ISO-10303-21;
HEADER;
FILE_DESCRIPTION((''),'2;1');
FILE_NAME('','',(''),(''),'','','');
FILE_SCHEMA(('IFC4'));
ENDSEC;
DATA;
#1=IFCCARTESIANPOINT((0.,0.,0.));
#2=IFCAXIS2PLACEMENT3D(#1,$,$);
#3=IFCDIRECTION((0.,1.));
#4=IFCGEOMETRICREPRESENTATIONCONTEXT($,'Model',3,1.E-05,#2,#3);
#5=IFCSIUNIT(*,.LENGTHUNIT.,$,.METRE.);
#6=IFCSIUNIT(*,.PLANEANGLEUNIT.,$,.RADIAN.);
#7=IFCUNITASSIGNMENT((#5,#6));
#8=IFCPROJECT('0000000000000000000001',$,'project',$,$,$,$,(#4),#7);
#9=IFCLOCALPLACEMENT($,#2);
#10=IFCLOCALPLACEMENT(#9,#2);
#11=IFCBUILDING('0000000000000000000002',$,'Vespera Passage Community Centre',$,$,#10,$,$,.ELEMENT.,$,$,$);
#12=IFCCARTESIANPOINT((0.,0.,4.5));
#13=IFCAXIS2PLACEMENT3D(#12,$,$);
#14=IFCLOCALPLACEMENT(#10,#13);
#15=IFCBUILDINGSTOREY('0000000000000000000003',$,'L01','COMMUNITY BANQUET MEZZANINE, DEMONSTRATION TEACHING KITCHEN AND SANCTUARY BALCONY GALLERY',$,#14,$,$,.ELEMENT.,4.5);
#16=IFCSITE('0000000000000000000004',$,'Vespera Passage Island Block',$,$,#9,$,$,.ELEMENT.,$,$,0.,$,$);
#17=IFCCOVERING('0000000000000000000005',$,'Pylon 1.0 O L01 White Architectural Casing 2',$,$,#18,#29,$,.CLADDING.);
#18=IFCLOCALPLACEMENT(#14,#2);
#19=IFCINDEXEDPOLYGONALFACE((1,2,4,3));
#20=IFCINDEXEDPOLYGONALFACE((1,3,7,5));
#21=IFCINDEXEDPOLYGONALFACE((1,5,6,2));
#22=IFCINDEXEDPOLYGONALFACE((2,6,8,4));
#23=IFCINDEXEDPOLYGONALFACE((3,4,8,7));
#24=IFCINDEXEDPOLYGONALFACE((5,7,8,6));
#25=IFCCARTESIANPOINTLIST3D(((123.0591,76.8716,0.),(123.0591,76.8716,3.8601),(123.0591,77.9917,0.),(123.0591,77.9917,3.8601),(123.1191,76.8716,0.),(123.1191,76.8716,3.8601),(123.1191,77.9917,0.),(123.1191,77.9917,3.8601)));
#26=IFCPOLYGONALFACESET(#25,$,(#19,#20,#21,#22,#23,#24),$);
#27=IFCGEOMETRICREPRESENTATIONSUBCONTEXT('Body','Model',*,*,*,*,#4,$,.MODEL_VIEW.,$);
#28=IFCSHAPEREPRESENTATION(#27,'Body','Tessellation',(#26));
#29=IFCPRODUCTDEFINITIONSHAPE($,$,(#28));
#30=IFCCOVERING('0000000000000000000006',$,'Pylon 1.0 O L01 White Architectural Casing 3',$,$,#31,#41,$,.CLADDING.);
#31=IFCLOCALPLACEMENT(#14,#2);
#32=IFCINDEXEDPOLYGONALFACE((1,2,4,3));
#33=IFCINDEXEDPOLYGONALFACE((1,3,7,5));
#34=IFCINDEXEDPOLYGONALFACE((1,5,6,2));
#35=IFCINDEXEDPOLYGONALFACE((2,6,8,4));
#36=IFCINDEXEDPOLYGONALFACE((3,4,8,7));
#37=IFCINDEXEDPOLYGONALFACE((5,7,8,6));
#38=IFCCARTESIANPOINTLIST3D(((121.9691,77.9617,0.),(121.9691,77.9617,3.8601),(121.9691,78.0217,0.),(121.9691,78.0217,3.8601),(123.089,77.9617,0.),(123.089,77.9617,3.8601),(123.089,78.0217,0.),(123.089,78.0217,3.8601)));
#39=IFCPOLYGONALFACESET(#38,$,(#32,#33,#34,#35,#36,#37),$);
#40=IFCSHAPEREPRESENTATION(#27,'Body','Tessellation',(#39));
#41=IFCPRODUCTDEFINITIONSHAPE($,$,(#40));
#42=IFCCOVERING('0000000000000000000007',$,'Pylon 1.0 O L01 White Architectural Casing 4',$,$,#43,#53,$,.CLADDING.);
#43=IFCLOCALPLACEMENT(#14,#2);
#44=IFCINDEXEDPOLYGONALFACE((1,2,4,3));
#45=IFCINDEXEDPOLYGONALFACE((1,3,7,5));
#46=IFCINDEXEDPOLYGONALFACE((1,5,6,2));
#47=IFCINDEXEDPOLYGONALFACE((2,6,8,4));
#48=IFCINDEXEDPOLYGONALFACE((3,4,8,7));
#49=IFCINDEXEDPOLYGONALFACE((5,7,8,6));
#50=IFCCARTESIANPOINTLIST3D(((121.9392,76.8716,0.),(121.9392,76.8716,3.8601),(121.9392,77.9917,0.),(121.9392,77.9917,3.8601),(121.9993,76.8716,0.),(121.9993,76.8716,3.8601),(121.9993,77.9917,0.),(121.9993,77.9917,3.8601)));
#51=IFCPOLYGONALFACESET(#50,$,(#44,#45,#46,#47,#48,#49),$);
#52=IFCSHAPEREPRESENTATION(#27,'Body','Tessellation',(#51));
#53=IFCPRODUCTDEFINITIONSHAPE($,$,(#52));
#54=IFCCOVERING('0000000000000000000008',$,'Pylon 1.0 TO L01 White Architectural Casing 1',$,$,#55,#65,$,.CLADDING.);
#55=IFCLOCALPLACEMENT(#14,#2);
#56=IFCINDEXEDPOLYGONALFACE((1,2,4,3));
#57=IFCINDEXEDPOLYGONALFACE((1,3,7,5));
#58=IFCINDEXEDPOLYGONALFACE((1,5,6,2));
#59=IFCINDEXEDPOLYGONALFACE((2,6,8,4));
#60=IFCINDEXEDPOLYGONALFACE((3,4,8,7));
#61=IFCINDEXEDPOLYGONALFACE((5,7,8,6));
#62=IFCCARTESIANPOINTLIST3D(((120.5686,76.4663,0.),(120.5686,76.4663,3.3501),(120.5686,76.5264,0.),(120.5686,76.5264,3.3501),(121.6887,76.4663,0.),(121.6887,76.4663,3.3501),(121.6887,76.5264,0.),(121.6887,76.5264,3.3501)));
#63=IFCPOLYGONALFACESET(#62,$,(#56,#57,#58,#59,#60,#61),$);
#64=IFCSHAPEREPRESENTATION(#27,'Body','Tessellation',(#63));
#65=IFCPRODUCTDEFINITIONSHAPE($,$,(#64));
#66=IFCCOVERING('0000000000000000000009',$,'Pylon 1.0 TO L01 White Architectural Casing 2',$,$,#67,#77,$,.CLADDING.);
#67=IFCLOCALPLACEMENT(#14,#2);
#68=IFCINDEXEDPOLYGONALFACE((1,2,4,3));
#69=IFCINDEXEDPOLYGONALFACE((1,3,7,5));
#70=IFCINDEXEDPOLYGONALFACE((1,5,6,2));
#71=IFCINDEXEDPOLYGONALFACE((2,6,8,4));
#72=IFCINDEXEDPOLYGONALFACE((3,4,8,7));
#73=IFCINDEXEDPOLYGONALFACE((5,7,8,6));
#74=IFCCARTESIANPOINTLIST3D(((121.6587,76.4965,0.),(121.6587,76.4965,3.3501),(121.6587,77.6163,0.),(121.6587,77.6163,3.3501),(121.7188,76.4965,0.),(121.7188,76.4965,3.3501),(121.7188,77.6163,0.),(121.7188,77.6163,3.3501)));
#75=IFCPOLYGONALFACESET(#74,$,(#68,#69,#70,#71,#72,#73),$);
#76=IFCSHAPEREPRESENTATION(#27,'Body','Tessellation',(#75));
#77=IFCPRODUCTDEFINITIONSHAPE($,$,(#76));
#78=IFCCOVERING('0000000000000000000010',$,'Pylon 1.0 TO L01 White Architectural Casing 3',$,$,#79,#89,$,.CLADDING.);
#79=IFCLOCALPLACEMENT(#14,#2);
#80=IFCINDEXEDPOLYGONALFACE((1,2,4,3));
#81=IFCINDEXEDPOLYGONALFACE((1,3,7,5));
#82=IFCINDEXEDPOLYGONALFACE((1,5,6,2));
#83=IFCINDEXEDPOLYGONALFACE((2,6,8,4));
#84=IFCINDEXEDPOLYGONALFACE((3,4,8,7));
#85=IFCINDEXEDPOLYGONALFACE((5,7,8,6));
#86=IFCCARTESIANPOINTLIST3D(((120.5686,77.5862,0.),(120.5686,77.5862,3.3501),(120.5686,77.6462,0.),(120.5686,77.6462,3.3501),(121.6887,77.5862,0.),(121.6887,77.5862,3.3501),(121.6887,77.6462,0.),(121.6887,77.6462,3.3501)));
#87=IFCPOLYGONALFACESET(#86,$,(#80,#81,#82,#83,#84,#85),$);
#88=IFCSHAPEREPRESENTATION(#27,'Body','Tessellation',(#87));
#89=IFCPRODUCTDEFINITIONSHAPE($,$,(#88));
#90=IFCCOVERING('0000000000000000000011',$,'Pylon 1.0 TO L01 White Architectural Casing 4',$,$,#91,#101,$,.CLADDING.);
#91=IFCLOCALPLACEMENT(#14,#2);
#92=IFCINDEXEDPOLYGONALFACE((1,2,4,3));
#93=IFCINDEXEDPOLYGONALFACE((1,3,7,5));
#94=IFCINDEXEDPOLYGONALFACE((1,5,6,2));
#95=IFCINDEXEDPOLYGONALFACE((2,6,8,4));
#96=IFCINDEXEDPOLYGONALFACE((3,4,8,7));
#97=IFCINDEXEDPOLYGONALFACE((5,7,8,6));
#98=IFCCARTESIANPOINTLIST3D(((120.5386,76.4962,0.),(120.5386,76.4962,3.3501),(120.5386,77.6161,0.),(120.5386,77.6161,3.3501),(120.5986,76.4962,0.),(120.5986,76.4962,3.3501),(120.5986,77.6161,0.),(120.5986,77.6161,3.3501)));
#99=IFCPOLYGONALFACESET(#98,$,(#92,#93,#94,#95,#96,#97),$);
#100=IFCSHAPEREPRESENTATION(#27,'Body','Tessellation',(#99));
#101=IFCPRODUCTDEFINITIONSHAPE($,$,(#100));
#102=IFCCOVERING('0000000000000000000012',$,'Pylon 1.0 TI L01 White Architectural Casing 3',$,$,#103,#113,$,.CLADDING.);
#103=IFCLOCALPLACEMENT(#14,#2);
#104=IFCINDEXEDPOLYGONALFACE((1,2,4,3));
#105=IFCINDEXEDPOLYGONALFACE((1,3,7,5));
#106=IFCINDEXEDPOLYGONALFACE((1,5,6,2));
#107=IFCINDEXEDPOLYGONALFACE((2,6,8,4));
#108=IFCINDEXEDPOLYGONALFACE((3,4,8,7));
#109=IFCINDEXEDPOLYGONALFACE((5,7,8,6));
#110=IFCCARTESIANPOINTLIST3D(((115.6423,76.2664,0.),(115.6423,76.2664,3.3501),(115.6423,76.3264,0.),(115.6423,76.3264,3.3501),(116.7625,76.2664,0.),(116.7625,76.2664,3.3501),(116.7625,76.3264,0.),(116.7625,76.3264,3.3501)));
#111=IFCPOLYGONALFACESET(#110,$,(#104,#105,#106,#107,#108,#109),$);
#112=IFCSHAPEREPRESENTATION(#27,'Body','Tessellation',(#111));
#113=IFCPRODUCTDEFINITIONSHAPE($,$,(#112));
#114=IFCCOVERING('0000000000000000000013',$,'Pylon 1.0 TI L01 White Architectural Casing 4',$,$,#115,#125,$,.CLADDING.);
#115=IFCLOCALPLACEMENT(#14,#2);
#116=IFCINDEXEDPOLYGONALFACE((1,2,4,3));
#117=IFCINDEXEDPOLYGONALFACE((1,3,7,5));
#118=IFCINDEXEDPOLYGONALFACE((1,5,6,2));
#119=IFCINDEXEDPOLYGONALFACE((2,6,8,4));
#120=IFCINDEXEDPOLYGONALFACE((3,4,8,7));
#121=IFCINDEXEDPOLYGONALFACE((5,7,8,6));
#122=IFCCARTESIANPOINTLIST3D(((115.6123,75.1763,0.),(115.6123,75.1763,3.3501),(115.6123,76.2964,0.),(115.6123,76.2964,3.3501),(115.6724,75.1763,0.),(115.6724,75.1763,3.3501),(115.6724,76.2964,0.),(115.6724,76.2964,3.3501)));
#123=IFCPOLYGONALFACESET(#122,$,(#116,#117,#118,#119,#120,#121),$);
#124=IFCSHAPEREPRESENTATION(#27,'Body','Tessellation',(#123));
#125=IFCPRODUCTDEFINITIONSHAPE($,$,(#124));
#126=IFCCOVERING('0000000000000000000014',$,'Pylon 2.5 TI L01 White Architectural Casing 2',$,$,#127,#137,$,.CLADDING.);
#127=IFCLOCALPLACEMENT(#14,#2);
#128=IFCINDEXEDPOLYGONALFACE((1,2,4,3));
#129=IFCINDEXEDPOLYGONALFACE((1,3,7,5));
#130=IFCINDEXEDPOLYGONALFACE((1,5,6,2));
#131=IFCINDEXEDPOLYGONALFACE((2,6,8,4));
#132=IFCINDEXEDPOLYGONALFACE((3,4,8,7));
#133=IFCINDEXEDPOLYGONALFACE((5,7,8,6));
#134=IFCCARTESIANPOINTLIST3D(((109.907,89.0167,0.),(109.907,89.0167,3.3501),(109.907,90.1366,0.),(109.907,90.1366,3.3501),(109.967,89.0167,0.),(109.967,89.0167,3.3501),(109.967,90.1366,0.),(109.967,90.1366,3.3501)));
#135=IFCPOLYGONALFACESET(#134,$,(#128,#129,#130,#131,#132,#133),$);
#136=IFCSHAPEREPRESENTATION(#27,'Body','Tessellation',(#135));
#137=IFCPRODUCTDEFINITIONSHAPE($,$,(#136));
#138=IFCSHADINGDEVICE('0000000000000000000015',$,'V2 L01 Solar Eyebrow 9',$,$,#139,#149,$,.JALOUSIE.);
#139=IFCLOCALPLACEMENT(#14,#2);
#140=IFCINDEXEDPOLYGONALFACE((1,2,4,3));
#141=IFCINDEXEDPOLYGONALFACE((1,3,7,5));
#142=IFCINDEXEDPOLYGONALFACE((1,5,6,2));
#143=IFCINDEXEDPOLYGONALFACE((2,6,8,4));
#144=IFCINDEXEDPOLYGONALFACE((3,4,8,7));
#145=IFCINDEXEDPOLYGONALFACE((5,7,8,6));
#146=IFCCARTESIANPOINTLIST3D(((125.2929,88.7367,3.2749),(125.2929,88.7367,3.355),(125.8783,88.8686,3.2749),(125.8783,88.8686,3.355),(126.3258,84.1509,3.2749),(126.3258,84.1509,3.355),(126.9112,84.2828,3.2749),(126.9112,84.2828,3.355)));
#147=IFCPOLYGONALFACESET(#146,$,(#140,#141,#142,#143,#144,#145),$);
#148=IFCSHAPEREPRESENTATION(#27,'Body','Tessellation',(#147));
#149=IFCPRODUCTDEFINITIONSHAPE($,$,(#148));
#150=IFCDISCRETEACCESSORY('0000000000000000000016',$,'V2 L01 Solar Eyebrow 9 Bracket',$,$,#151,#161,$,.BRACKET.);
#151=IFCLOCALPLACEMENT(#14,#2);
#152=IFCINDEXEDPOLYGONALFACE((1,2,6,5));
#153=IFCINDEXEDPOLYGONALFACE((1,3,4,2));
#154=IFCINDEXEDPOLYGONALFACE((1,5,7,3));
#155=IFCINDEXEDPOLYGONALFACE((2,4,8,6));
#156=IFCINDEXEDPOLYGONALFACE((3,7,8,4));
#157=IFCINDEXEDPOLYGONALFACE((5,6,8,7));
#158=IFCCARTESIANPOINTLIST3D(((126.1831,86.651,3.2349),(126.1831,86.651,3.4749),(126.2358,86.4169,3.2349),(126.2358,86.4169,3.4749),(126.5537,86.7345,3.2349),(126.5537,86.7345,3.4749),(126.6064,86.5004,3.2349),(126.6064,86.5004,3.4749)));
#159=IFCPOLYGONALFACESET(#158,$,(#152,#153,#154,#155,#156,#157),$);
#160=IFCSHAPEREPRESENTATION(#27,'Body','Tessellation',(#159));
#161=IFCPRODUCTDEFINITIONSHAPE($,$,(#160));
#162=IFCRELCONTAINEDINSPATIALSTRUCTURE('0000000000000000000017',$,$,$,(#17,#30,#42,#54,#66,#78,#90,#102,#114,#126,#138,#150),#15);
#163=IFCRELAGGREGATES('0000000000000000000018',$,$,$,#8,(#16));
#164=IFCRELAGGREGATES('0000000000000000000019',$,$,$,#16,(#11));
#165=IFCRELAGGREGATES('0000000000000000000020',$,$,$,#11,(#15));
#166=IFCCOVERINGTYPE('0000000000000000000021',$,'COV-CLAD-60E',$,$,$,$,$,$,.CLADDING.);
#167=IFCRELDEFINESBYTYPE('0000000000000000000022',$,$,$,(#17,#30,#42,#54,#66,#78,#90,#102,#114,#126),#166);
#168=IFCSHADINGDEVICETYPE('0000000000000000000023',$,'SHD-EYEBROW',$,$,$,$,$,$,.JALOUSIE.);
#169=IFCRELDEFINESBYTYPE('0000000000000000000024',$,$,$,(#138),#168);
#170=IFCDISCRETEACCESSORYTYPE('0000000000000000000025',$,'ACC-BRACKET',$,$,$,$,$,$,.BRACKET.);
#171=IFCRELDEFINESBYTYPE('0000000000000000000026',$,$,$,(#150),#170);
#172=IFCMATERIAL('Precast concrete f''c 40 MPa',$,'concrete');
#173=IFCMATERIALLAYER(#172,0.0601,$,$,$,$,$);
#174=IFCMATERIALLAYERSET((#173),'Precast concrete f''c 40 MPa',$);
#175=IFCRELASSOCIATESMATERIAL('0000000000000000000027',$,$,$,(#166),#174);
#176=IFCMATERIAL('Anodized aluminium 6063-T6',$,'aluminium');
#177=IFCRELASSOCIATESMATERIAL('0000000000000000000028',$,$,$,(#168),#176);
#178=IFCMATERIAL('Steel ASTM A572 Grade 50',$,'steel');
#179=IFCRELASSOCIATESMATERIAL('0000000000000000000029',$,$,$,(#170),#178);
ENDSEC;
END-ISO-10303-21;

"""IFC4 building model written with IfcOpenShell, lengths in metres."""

from ifc_helpers import new_model, si_unit, direction, frame, frame_2d, origin, origin_2d, place, context, subcontext, project, spatial, rectangle, extrude, material, layer, layer_set, type_object, element, save


model = new_model("IFC4")

# Units and contexts
model_context = context("Model", 3, precision=1e-05, world=origin(), true_north=direction((0.0, 1.0)))
body_context = subcontext(model_context, "Body", "Model", "MODEL_VIEW")
ifc_project = project(units=[si_unit("LENGTHUNIT", "METRE"), si_unit("PLANEANGLEUNIT", "RADIAN")], contexts=[model_context])

# Site, building, storey
site_placement = place(None, origin())
site = spatial("IfcSite", under=ifc_project, at=site_placement, Name="Vespera Passage Island Block", CompositionType="ELEMENT", RefElevation=0.0)
building_placement = place(site_placement, origin())
building = spatial("IfcBuilding", under=site, at=building_placement, Name="Vespera Passage Community Centre", CompositionType="ELEMENT")
storey_placement = place(building_placement, frame((0.0, 0.0, 4.5)))
storey = spatial("IfcBuildingStorey", under=building, at=storey_placement, Name="L01", Description="COMMUNITY BANQUET MEZZANINE, DEMONSTRATION TEACHING KITCHEN AND SANCTUARY BALCONY GALLERY", CompositionType="ELEMENT", Elevation=4.5)

# Coverings
ifc_material_1 = material(Name="Precast concrete f'c 40 MPa", Category="concrete")
ifc_layer_1 = layer(ifc_material_1, 0.0601)
ifc_layer_set_1 = layer_set([ifc_layer_1], Name="Precast concrete f'c 40 MPa")
covering_type = type_object("IfcCoveringType", Name="COV-CLAD-60E", PredefinedType="CLADDING", material=ifc_layer_set_1)
covering_1_placement = place(storey_placement, frame((123.0891, 76.8716, 0.0), z_axis=(0.0, 0.0, 1.0), x_axis=(0.0, 1.0, 0.0)))
element("IfcCovering", 1, at=covering_1_placement, inside=storey, type_object=covering_type, Name="Pylon 1.0 O L01 White Architectural Casing 2", PredefinedType="CLADDING", context=body_context, shape_type="SweptSolid", body=[
    extrude(rectangle(XDim=1.1201, YDim=0.0601, at=frame_2d((0.5601, 0.0))), origin(), (0.0, 0.0, 1.0), 3.8601),
])
covering_2_placement = place(storey_placement, frame((123.0891, 77.9917, 0.0), z_axis=(0.0, 0.0, 1.0), x_axis=(-1.0, 0.0, 0.0)))
element("IfcCovering", 2, at=covering_2_placement, inside=storey, type_object=covering_type, Name="Pylon 1.0 O L01 White Architectural Casing 3", PredefinedType="CLADDING", context=body_context, shape_type="SweptSolid", body=[
    extrude(rectangle(XDim=1.1199, YDim=0.0601, at=frame_2d((0.5601, 0.0))), origin(), (0.0, 0.0, 1.0), 3.8601),
])
covering_3_placement = place(storey_placement, frame((121.9692, 77.9917, 0.0), z_axis=(0.0, 0.0, 1.0), x_axis=(0.0, -1.0, 0.0)))
element("IfcCovering", 3, at=covering_3_placement, inside=storey, type_object=covering_type, Name="Pylon 1.0 O L01 White Architectural Casing 4", PredefinedType="CLADDING", context=body_context, shape_type="SweptSolid", body=[
    extrude(rectangle(XDim=1.1201, YDim=0.0601, at=frame_2d((0.5601, 0.0))), origin(), (0.0, 0.0, 1.0), 3.8601),
])
covering_4_placement = place(storey_placement, frame((120.5686, 76.4963, 0.0), z_axis=(0.0, 0.0, 1.0), x_axis=(1.0, 0.0, 0.0)))
element("IfcCovering", 4, at=covering_4_placement, inside=storey, type_object=covering_type, Name="Pylon 1.0 TO L01 White Architectural Casing 1", PredefinedType="CLADDING", context=body_context, shape_type="SweptSolid", body=[
    extrude(rectangle(XDim=1.1201, YDim=0.0601, at=frame_2d((0.5601, 0.0))), origin(), (0.0, 0.0, 1.0), 3.3501),
])
covering_5_placement = place(storey_placement, frame((121.6887, 76.4963, 0.0), z_axis=(0.0, 0.0, 1.0), x_axis=(0.0, 1.0, 0.0)))
element("IfcCovering", 5, at=covering_5_placement, inside=storey, type_object=covering_type, Name="Pylon 1.0 TO L01 White Architectural Casing 2", PredefinedType="CLADDING", context=body_context, shape_type="SweptSolid", body=[
    extrude(rectangle(XDim=1.1199, YDim=0.0601, at=frame_2d((0.5601, 0.0))), origin(), (0.0, 0.0, 1.0), 3.3501),
])
covering_6_placement = place(storey_placement, frame((121.6887, 77.6162, 0.0), z_axis=(0.0, 0.0, 1.0), x_axis=(-1.0, 0.0, 0.0)))
element("IfcCovering", 6, at=covering_6_placement, inside=storey, type_object=covering_type, Name="Pylon 1.0 TO L01 White Architectural Casing 3", PredefinedType="CLADDING", context=body_context, shape_type="SweptSolid", body=[
    extrude(rectangle(XDim=1.1201, YDim=0.0601, at=frame_2d((0.5601, 0.0))), origin(), (0.0, 0.0, 1.0), 3.3501),
])
covering_7_placement = place(storey_placement, frame((120.5686, 77.6162, 0.0), z_axis=(0.0, 0.0, 1.0), x_axis=(0.0, -1.0, 0.0)))
element("IfcCovering", 7, at=covering_7_placement, inside=storey, type_object=covering_type, Name="Pylon 1.0 TO L01 White Architectural Casing 4", PredefinedType="CLADDING", context=body_context, shape_type="SweptSolid", body=[
    extrude(rectangle(XDim=1.1199, YDim=0.0601, at=frame_2d((0.5601, 0.0))), origin(), (0.0, 0.0, 1.0), 3.3501),
])
for number, where, z_axis, x_axis, name in (
    (8, (116.7625, 76.2964, 0.0), (0.0, 0.0, 1.0), (-1.0, 0.0, 0.0), "Pylon 1.0 TI L01 White Architectural Casing 3"),
    (9, (115.6423, 76.2964, 0.0), (0.0, 0.0, 1.0), (0.0, -1.0, 0.0), "Pylon 1.0 TI L01 White Architectural Casing 4"),
):
    element("IfcCovering", number, at=place(storey_placement, frame(where, z_axis=z_axis, x_axis=x_axis)), inside=storey, type_object=covering_type, Name=name, PredefinedType="CLADDING", context=body_context, shape_type="SweptSolid", body=[
        extrude(rectangle(XDim=1.1201, YDim=0.0601, at=frame_2d((0.5601, 0.0))), origin(), (0.0, 0.0, 1.0), 3.3501),
    ])
for number, where, z_axis, x_axis, name in (
    (10, (109.937, 89.0166, 0.0), (0.0, 0.0, 1.0), (0.0, 1.0, 0.0), "Pylon 2.5 TI L01 White Architectural Casing 2"),
):
    element("IfcCovering", number, at=place(storey_placement, frame(where, z_axis=z_axis, x_axis=x_axis)), inside=storey, type_object=covering_type, Name=name, PredefinedType="CLADDING", context=body_context, shape_type="SweptSolid", body=[
        extrude(rectangle(XDim=1.1199, YDim=0.0601, at=frame_2d((0.5601, 0.0))), origin(), (0.0, 0.0, 1.0), 3.3501),
    ])

# Shading device
ifc_material_2 = material(Name="Anodized aluminium 6063-T6", Category="aluminium")
shading_device_type = type_object("IfcShadingDeviceType", Name="SHD-EYEBROW", PredefinedType="JALOUSIE", material=ifc_material_2)
shading_device_placement = place(storey_placement, frame((126.1021, 86.5098, 3.2749), z_axis=(0.0, 0.0, 1.0), x_axis=(-0.219744, 0.975558, 0.0)))
element("IfcShadingDevice", 11, at=shading_device_placement, inside=storey, type_object=shading_device_type, Name="V2 L01 Solar Eyebrow 9", PredefinedType="JALOUSIE", context=body_context, shape_type="SweptSolid", body=[
    extrude(rectangle(XDim=4.7007, YDim=0.6001, at=origin_2d()), origin(), (0.0, 0.0, 1.0), 0.0801),
])

# Discrete accessory
ifc_material_3 = material(Name="Steel ASTM A572 Grade 50", Category="steel")
discrete_accessory_type = type_object("IfcDiscreteAccessoryType", Name="ACC-BRACKET", PredefinedType="BRACKET", material=ifc_material_3)
discrete_accessory_placement = place(storey_placement, frame((126.3948, 86.5757, 3.2349), z_axis=(0.0, 0.0, 1.0), x_axis=(-0.219744, 0.975558, 0.0)))
element("IfcDiscreteAccessory", 12, at=discrete_accessory_placement, inside=storey, type_object=discrete_accessory_type, Name="V2 L01 Solar Eyebrow 9 Bracket", PredefinedType="BRACKET", context=body_context, shape_type="SweptSolid", body=[
    extrude(rectangle(XDim=0.24, YDim=0.3799, at=origin_2d()), origin(), (0.0, 0.0, 1.0), 0.24),
])

save(model, "model.ifc")
